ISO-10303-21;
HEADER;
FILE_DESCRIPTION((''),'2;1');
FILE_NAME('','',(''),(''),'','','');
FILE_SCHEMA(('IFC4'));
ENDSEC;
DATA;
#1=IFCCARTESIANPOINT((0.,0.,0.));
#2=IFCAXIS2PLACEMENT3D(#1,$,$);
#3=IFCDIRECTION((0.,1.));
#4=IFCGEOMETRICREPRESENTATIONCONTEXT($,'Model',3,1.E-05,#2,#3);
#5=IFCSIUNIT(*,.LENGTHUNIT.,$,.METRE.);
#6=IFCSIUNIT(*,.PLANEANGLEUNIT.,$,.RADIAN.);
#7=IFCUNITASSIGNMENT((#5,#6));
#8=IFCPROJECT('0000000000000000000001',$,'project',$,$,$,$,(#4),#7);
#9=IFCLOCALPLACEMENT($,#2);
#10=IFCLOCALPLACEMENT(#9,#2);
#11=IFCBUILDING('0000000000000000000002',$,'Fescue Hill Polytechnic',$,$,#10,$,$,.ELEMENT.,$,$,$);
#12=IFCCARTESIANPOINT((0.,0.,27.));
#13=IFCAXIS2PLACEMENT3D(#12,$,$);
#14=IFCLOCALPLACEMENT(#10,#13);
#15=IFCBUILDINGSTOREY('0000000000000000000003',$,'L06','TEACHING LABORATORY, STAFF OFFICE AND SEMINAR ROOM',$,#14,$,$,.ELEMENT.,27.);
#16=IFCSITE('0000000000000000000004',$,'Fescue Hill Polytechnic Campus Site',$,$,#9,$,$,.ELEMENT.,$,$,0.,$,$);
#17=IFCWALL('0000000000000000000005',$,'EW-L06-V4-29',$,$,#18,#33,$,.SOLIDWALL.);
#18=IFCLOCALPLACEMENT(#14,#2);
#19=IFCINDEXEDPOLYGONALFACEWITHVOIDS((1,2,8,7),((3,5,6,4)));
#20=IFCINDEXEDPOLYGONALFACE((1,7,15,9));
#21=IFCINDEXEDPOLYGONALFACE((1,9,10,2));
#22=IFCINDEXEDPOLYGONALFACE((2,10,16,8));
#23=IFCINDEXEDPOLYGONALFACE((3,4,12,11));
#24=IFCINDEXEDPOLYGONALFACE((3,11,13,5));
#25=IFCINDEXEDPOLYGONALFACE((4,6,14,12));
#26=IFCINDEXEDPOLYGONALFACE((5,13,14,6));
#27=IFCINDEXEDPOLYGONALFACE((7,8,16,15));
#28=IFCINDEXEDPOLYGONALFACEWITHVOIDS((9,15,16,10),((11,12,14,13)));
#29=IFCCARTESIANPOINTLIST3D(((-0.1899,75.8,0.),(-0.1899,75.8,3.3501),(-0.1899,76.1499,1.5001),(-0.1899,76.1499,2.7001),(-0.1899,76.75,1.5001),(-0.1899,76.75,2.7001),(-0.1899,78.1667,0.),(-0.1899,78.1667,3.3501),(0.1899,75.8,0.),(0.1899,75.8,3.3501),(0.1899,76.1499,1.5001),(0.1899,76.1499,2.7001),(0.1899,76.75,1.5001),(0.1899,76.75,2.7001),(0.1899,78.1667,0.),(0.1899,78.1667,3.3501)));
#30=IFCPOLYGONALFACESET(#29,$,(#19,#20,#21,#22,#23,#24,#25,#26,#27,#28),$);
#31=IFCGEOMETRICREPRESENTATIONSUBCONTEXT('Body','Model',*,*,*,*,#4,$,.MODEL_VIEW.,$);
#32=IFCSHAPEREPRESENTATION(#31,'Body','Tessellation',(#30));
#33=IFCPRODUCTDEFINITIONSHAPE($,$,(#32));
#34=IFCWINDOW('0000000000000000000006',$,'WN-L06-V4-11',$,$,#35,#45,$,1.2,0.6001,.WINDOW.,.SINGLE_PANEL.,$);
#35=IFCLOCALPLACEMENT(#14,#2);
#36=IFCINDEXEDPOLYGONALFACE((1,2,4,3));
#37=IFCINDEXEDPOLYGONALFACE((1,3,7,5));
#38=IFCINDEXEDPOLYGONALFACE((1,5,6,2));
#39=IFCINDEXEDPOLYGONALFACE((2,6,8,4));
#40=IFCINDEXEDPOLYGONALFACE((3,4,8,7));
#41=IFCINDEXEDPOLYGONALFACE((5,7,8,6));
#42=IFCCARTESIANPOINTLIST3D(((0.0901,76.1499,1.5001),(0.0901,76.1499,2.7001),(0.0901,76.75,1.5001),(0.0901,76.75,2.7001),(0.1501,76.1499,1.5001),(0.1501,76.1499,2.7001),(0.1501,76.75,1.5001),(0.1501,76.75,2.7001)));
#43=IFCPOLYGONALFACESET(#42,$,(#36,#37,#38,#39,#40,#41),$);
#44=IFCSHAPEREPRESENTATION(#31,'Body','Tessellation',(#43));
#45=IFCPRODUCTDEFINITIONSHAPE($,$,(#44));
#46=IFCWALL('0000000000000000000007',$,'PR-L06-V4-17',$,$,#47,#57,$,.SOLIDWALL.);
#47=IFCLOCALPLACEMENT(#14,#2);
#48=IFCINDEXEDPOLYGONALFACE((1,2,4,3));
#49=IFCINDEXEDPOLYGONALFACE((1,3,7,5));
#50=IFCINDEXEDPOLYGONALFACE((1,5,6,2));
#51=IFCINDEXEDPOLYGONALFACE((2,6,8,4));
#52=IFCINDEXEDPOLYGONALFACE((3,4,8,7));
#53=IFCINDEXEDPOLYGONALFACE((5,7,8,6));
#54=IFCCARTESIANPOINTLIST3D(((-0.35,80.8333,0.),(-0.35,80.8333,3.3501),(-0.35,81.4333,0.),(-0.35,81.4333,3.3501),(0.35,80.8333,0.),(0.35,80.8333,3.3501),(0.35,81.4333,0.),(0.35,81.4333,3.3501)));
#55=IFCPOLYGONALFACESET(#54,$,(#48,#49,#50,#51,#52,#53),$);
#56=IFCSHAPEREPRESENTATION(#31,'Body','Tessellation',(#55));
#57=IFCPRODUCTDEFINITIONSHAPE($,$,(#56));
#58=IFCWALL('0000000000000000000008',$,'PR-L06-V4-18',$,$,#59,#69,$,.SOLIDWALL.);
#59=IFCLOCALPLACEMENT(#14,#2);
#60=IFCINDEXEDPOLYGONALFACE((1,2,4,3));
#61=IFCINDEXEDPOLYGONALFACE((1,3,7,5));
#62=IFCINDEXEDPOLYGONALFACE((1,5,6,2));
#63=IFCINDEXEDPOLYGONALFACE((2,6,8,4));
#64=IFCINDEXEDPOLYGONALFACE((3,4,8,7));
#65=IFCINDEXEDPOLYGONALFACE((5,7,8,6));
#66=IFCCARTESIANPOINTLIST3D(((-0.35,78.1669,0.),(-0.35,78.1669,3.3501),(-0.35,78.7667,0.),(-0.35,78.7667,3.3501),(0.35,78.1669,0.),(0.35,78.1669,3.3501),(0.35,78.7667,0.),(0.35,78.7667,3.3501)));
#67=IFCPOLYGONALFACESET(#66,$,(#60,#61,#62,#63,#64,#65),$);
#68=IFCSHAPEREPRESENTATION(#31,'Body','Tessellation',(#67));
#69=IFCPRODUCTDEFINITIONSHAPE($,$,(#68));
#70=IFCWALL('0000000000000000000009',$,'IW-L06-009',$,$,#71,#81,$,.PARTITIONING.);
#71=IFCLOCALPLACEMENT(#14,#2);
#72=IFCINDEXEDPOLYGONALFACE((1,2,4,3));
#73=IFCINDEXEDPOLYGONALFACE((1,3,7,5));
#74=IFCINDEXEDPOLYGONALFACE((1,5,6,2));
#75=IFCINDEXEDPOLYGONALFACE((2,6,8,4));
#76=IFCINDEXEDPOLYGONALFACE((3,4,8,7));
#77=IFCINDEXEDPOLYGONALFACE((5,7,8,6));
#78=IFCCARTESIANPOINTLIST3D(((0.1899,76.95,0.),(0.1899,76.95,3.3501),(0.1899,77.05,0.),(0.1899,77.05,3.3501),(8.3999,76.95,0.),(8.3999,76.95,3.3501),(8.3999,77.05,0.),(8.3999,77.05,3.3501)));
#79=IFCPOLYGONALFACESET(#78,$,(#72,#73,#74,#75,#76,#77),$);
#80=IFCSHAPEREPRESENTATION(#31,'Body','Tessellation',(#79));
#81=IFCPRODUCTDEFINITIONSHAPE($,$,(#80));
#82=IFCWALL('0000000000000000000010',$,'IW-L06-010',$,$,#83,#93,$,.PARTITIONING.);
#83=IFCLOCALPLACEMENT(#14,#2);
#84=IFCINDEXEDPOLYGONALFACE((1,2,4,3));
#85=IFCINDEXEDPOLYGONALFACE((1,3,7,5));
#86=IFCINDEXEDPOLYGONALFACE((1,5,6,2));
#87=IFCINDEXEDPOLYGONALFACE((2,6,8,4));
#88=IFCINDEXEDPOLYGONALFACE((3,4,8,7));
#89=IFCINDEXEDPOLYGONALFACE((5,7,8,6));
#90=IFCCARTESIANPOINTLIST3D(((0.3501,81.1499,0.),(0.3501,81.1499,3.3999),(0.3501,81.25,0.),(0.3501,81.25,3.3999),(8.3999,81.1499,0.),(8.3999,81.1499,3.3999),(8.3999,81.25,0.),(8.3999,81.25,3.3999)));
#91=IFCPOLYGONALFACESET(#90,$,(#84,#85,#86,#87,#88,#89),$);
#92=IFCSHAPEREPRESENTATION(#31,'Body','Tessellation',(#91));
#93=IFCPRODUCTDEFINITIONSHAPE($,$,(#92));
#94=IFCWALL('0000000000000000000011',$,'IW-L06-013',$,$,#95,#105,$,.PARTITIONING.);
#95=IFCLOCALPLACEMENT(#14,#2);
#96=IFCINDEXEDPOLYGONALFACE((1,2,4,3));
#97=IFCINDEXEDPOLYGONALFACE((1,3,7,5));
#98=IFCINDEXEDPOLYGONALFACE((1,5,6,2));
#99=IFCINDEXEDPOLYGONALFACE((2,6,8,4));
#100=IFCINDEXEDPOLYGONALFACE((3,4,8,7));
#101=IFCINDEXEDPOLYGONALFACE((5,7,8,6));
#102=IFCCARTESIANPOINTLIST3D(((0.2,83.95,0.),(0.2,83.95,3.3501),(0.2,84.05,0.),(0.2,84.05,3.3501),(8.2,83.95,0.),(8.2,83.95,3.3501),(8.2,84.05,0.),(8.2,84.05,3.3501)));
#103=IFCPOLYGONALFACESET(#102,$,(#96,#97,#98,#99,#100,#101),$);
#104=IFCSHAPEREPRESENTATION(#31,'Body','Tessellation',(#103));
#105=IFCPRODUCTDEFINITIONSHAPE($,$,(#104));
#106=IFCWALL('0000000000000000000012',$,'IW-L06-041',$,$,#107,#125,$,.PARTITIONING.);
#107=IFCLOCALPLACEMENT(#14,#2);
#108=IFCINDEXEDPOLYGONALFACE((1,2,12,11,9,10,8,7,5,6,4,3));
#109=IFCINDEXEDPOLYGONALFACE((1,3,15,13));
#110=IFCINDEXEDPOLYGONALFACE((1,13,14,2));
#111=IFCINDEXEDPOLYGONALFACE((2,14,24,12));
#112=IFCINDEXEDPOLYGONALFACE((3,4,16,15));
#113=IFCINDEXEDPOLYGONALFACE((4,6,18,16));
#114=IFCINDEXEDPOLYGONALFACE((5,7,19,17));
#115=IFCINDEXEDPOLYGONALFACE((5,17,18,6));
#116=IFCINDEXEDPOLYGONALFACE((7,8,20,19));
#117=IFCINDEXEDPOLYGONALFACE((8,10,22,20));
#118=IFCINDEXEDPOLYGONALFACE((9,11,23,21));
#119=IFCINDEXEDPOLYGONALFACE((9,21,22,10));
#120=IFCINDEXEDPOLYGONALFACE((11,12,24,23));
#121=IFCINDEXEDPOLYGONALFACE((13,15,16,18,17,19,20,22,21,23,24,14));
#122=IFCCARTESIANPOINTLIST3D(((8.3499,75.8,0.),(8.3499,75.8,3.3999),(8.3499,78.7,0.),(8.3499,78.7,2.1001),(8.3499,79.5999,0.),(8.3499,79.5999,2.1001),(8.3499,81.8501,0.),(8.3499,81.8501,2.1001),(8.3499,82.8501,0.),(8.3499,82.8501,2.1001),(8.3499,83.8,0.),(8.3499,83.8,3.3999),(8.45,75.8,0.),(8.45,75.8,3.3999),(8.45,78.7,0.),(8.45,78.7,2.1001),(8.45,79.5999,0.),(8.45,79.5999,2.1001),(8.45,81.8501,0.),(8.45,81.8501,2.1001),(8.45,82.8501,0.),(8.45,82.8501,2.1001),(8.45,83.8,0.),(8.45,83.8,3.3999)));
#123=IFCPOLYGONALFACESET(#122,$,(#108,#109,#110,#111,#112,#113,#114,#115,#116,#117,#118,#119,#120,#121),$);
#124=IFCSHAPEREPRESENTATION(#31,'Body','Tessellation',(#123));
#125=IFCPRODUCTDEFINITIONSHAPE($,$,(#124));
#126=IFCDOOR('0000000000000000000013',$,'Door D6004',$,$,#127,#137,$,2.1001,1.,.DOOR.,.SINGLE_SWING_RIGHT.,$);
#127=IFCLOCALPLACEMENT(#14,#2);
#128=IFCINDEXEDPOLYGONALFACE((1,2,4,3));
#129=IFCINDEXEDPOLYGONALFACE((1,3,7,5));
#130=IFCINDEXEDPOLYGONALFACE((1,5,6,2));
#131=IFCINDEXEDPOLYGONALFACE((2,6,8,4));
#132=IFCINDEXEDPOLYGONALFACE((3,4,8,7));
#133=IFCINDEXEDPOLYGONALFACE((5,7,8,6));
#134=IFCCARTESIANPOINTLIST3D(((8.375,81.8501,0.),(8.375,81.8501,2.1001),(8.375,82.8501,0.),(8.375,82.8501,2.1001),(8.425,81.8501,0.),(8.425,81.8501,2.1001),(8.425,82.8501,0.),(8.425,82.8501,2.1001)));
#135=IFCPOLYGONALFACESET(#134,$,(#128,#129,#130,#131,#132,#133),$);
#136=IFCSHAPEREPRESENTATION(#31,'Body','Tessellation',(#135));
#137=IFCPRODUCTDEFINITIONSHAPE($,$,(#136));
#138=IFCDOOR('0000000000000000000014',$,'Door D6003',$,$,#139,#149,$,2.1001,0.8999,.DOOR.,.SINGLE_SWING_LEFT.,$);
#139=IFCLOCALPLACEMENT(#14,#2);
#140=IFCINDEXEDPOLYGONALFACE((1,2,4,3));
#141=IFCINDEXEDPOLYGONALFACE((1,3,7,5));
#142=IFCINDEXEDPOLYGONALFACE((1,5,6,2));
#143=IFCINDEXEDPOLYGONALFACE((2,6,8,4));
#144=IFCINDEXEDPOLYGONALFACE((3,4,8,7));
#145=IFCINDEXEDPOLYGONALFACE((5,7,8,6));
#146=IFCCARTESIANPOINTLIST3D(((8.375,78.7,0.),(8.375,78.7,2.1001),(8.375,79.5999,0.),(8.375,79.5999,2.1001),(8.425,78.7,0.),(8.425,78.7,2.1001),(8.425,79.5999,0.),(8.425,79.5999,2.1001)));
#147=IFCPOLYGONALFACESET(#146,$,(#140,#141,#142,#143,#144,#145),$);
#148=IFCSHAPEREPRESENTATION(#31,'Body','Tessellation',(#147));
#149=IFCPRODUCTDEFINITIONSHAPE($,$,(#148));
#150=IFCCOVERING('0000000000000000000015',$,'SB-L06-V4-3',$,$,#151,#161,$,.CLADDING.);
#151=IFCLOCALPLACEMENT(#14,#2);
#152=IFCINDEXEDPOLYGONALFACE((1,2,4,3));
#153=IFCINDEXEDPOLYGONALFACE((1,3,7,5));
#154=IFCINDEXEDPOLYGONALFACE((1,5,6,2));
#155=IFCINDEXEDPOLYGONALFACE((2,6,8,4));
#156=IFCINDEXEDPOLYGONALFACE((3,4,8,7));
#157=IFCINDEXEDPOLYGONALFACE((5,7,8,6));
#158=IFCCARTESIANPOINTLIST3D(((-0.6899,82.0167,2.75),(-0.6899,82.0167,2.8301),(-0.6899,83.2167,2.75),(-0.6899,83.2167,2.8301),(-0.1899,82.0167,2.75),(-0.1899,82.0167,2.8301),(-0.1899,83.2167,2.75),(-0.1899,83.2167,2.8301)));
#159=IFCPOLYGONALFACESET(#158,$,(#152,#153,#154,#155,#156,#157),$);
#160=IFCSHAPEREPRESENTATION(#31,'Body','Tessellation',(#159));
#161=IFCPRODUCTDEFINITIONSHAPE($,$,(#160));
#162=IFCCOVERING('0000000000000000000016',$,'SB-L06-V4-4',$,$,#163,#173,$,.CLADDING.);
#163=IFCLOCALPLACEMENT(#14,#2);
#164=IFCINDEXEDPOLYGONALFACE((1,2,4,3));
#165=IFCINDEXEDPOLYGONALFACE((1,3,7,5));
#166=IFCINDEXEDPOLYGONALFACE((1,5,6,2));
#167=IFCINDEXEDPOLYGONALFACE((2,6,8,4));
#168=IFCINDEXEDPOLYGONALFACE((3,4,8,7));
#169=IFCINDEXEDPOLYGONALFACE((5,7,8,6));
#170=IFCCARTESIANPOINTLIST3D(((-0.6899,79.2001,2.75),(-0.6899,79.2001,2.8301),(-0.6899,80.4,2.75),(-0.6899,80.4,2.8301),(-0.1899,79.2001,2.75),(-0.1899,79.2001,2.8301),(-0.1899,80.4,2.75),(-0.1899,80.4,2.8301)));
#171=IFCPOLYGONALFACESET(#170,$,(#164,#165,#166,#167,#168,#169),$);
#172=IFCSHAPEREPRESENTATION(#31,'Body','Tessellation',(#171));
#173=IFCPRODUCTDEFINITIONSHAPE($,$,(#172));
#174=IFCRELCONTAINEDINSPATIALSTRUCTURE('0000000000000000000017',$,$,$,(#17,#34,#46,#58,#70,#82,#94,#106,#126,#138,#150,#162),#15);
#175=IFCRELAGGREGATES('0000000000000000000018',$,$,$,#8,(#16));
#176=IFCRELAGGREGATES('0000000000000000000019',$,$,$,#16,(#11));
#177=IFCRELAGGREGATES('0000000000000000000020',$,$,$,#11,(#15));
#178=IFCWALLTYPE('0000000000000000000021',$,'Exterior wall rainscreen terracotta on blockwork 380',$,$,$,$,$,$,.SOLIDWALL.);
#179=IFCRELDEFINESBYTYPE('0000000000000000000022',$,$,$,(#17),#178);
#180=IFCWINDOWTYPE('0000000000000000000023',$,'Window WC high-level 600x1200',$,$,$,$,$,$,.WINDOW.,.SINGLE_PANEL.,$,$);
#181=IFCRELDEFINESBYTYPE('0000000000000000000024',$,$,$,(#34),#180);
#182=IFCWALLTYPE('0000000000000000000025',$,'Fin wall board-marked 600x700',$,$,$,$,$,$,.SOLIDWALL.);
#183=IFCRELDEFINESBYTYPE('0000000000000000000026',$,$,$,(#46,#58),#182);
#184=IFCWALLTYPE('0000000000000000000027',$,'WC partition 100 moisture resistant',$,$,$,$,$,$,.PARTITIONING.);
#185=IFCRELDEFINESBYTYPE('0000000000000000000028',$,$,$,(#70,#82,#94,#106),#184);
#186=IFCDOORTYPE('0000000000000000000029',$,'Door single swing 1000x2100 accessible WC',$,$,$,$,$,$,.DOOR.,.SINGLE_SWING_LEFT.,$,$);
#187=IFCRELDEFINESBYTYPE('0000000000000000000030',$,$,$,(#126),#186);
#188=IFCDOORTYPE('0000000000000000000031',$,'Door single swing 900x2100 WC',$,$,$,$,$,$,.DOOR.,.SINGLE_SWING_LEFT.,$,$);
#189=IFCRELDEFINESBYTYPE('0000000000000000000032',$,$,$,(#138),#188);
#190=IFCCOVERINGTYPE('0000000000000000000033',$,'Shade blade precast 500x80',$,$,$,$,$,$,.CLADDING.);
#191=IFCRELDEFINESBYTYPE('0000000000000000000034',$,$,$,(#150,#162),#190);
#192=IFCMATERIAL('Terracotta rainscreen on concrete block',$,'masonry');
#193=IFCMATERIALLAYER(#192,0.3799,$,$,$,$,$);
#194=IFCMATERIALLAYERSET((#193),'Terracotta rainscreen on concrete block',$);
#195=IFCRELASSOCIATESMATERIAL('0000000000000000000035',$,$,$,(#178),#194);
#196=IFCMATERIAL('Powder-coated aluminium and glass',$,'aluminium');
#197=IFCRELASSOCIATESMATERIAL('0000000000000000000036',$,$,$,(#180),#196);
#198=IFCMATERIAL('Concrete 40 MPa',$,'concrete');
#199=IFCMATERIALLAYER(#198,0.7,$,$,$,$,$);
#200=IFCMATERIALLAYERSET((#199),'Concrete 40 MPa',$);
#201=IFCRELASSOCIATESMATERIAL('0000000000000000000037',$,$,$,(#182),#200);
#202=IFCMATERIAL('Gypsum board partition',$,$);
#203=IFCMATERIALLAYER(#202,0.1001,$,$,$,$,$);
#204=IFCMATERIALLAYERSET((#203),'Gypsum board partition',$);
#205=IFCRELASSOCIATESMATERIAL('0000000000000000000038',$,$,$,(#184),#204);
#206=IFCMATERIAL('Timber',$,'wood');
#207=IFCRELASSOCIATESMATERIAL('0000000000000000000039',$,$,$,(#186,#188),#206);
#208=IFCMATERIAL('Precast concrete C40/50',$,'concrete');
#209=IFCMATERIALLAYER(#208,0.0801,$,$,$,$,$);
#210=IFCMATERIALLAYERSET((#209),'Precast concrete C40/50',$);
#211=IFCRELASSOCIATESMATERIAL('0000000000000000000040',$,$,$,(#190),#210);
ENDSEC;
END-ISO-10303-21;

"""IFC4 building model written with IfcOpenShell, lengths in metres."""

from ifc_helpers import new_model, si_unit, direction, frame, frame_2d, origin, origin_2d, place, context, subcontext, project, spatial, rectangle, extrude, material, layer, layer_set, type_object, element, fill, save


model = new_model("IFC4")

# Units and contexts
model_context = context("Model", 3, precision=1e-05, world=origin(), true_north=direction((0.0, 1.0)))
body_context = subcontext(model_context, "Body", "Model", "MODEL_VIEW")
ifc_project = project(units=[si_unit("LENGTHUNIT", "METRE"), si_unit("PLANEANGLEUNIT", "RADIAN")], contexts=[model_context])

# Site, building, storey
site_placement = place(None, origin())
site = spatial("IfcSite", under=ifc_project, at=site_placement, Name="Fescue Hill Polytechnic Campus Site", CompositionType="ELEMENT", RefElevation=0.0)
building_placement = place(site_placement, origin())
building = spatial("IfcBuilding", under=site, at=building_placement, Name="Fescue Hill Polytechnic", CompositionType="ELEMENT")
storey_placement = place(building_placement, frame((0.0, 0.0, 27.0)))
storey = spatial("IfcBuildingStorey", under=building, at=storey_placement, Name="L06", Description="TEACHING LABORATORY, STAFF OFFICE AND SEMINAR ROOM", CompositionType="ELEMENT", Elevation=27.0)

# Shared definitions
ifc_material_1 = material(Name="Concrete 40 MPa", Category="concrete")

# Wall, opening, window
ifc_material_2 = material(Name="Terracotta rainscreen on concrete block", Category="masonry")
ifc_layer_1 = layer(ifc_material_2, 0.3799)
ifc_layer_set_1 = layer_set([ifc_layer_1], Name="Terracotta rainscreen on concrete block")
wall_type_1 = type_object("IfcWallType", Name="Exterior wall rainscreen terracotta on blockwork 380", PredefinedType="SOLIDWALL", material=ifc_layer_set_1)
ifc_material_3 = material(Name="Powder-coated aluminium and glass", Category="aluminium")
window_type = type_object("IfcWindowType", Name="Window WC high-level 600x1200", PartitioningType="SINGLE_PANEL", PredefinedType="WINDOW", material=ifc_material_3)
wall_1_placement = place(storey_placement, frame((0.0, 78.1667, 0.0), z_axis=(0.0, 0.0, 1.0), x_axis=(0.0, -1.0, 0.0)))
wall_1 = element("IfcWall", 1, at=wall_1_placement, inside=storey, type_object=wall_type_1, Name="EW-L06-V4-29", PredefinedType="SOLIDWALL", context=body_context, shape_type="SweptSolid", body=[
    extrude(rectangle(XDim=2.3667, YDim=0.3799, at=frame_2d((1.1833, 0.0))), origin(), (0.0, 0.0, 1.0), 3.3501),
])
opening_1_placement = place(wall_1_placement, frame((1.4167, 0.0, 1.5)))
opening_1 = element("IfcOpeningElement", 2, at=opening_1_placement, cuts=wall_1, PredefinedType="OPENING", context=body_context, shape_type="SweptSolid", body=[
    extrude(rectangle(XDim=0.6001, YDim=1.2, at=frame_2d((0.3, 0.6001))), frame((0.0, 0.2, 0.0), z_axis=(0.0, -1.0, 0.0), x_axis=(1.0, 0.0, 0.0)), (0.0, 0.0, 1.0), 0.3999),
])
window_1_placement = place(opening_1_placement, origin())
window_1 = element("IfcWindow", 3, at=window_1_placement, inside=storey, type_object=window_type, Name="WN-L06-V4-11", OverallHeight=1.2, OverallWidth=0.6001, PartitioningType="SINGLE_PANEL", PredefinedType="WINDOW", context=body_context, shape_type="SweptSolid", body=[
    extrude(rectangle(XDim=0.6001, YDim=1.2, at=frame_2d((0.3, 0.6001))), frame((0.0, 0.1501, 0.0), z_axis=(0.0, -1.0, 0.0), x_axis=(1.0, 0.0, 0.0)), (0.0, 0.0, 1.0), 0.0601),
])
fill(opening_1, window_1)

# Walls
ifc_layer_2 = layer(ifc_material_1, 0.7)
ifc_layer_set_2 = layer_set([ifc_layer_2], Name="Concrete 40 MPa")
wall_type_2 = type_object("IfcWallType", Name="Fin wall board-marked 600x700", PredefinedType="SOLIDWALL", material=ifc_layer_set_2)
wall_2_placement = place(storey_placement, frame((0.0, 81.4333, 0.0), z_axis=(0.0, 0.0, 1.0), x_axis=(0.0, -1.0, 0.0)))
element("IfcWall", 4, at=wall_2_placement, inside=storey, type_object=wall_type_2, Name="PR-L06-V4-17", PredefinedType="SOLIDWALL", context=body_context, shape_type="SweptSolid", body=[
    extrude(rectangle(XDim=0.6001, YDim=0.7, at=frame_2d((0.3, 0.0))), origin(), (0.0, 0.0, 1.0), 3.3501),
])
wall_3_placement = place(storey_placement, frame((0.0, 78.7666, 0.0), z_axis=(0.0, 0.0, 1.0), x_axis=(0.0, -1.0, 0.0)))
element("IfcWall", 5, at=wall_3_placement, inside=storey, type_object=wall_type_2, Name="PR-L06-V4-18", PredefinedType="SOLIDWALL", context=body_context, shape_type="SweptSolid", body=[
    extrude(rectangle(XDim=0.5999, YDim=0.7, at=frame_2d((0.2998, 0.0))), origin(), (0.0, 0.0, 1.0), 3.3501),
])
ifc_material_4 = material(Name="Gypsum board partition")
ifc_layer_3 = layer(ifc_material_4, 0.1001)
ifc_layer_set_3 = layer_set([ifc_layer_3], Name="Gypsum board partition")
wall_type_3 = type_object("IfcWallType", Name="WC partition 100 moisture resistant", PredefinedType="PARTITIONING", material=ifc_layer_set_3)
wall_4_placement = place(storey_placement, frame((0.1899, 77.0, 0.0), z_axis=(0.0, 0.0, 1.0), x_axis=(1.0, 0.0, 0.0)))
element("IfcWall", 6, at=wall_4_placement, inside=storey, type_object=wall_type_3, Name="IW-L06-009", PredefinedType="PARTITIONING", context=body_context, shape_type="SweptSolid", body=[
    extrude(rectangle(XDim=8.21, YDim=0.1001, at=frame_2d((4.105, 0.0))), origin(), (0.0, 0.0, 1.0), 3.3501),
])
wall_5_placement = place(storey_placement, frame((0.3501, 81.2, 0.0), z_axis=(0.0, 0.0, 1.0), x_axis=(1.0, 0.0, 0.0)))
element("IfcWall", 7, at=wall_5_placement, inside=storey, type_object=wall_type_3, Name="IW-L06-010", PredefinedType="PARTITIONING", context=body_context, shape_type="SweptSolid", body=[
    extrude(rectangle(XDim=8.0498, YDim=0.1001, at=frame_2d((4.0249, 0.0))), origin(), (0.0, 0.0, 1.0), 3.3999),
])
wall_6_placement = place(storey_placement, frame((0.2, 84.0, 0.0), z_axis=(0.0, 0.0, 1.0), x_axis=(1.0, 0.0, 0.0)))
element("IfcWall", 8, at=wall_6_placement, inside=storey, type_object=wall_type_3, Name="IW-L06-013", PredefinedType="PARTITIONING", context=body_context, shape_type="SweptSolid", body=[
    extrude(rectangle(XDim=8.0, YDim=0.1001, at=frame_2d((4.0, 0.0))), origin(), (0.0, 0.0, 1.0), 3.3501),
])

# Wall, openings, doors
wall_7_placement = place(storey_placement, frame((8.3999, 75.8, 0.0), z_axis=(0.0, 0.0, 1.0), x_axis=(0.0, 1.0, 0.0)))
wall_7 = element("IfcWall", 9, at=wall_7_placement, inside=storey, type_object=wall_type_3, Name="IW-L06-041", PredefinedType="PARTITIONING", context=body_context, shape_type="SweptSolid", body=[
    extrude(rectangle(XDim=8.0, YDim=0.1001, at=frame_2d((4.0, 0.0))), origin(), (0.0, 0.0, 1.0), 3.3999),
])
opening_2_placement = place(wall_7_placement, frame((2.8999, 0.0, 0.0)))
opening_2 = element("IfcOpeningElement", 10, at=opening_2_placement, cuts=wall_7, PredefinedType="OPENING", context=body_context, shape_type="SweptSolid", body=[
    extrude(rectangle(XDim=0.8999, YDim=2.1001, at=frame_2d((0.45, 1.05))), frame((0.0, 0.0601, 0.0), z_axis=(0.0, -1.0, 0.0), x_axis=(1.0, 0.0, 0.0)), (0.0, 0.0, 1.0), 0.1201),
])
opening_3_placement = place(wall_7_placement, frame((6.05, 0.0, 0.0)))
opening_3 = element("IfcOpeningElement", 11, at=opening_3_placement, cuts=wall_7, PredefinedType="OPENING", context=body_context, shape_type="SweptSolid", body=[
    extrude(rectangle(XDim=1.0, YDim=2.1001, at=frame_2d((0.5, 1.05))), frame((0.0, 0.0601, 0.0), z_axis=(0.0, -1.0, 0.0), x_axis=(1.0, 0.0, 0.0)), (0.0, 0.0, 1.0), 0.1201),
])
ifc_material_5 = material(Name="Timber", Category="wood")
door_type_1 = type_object("IfcDoorType", Name="Door single swing 1000x2100 accessible WC", OperationType="SINGLE_SWING_LEFT", PredefinedType="DOOR", material=ifc_material_5)
door_1_placement = place(opening_3_placement, origin())
door_1 = element("IfcDoor", 12, at=door_1_placement, inside=storey, type_object=door_type_1, Name="Door D6004", OperationType="SINGLE_SWING_RIGHT", OverallHeight=2.1001, OverallWidth=1.0, PredefinedType="DOOR", context=body_context, shape_type="SweptSolid", body=[
    extrude(rectangle(XDim=1.0, YDim=2.1001, at=frame_2d((0.5, 1.05))), frame((0.0, 0.0249, 0.0), z_axis=(0.0, -1.0, 0.0), x_axis=(1.0, 0.0, 0.0)), (0.0, 0.0, 1.0), 0.05),
])
fill(opening_3, door_1)
door_type_2 = type_object("IfcDoorType", Name="Door single swing 900x2100 WC", OperationType="SINGLE_SWING_LEFT", PredefinedType="DOOR", material=ifc_material_5)
door_2_placement = place(opening_2_placement, origin())
door_2 = element("IfcDoor", 13, at=door_2_placement, inside=storey, type_object=door_type_2, Name="Door D6003", OperationType="SINGLE_SWING_LEFT", OverallHeight=2.1001, OverallWidth=0.8999, PredefinedType="DOOR", context=body_context, shape_type="SweptSolid", body=[
    extrude(rectangle(XDim=0.8999, YDim=2.1001, at=frame_2d((0.45, 1.05))), frame((0.0, 0.0249, 0.0), z_axis=(0.0, -1.0, 0.0), x_axis=(1.0, 0.0, 0.0)), (0.0, 0.0, 1.0), 0.05),
])
fill(opening_2, door_2)

# Coverings
ifc_material_6 = material(Name="Precast concrete C40/50", Category="concrete")
ifc_layer_4 = layer(ifc_material_6, 0.0801)
ifc_layer_set_4 = layer_set([ifc_layer_4], Name="Precast concrete C40/50")
covering_type = type_object("IfcCoveringType", Name="Shade blade precast 500x80", PredefinedType="CLADDING", material=ifc_layer_set_4)
for number, where, z_axis, x_axis, name in (
    (14, (-0.4399, 82.6167, 2.75), (0.0, 0.0, 1.0), (0.0, -1.0, 0.0), "SB-L06-V4-3"),
    (15, (-0.4399, 79.8, 2.75), (0.0, 0.0, 1.0), (0.0, -1.0, 0.0), "SB-L06-V4-4"),
):
    element("IfcCovering", number, at=place(storey_placement, frame(where, z_axis=z_axis, x_axis=x_axis)), inside=storey, type_object=covering_type, Name=name, PredefinedType="CLADDING", context=body_context, shape_type="SweptSolid", body=[
        extrude(rectangle(XDim=1.2, YDim=0.5, at=origin_2d()), origin(), (0.0, 0.0, 1.0), 0.0801),
    ])

save(model, "model.ifc")
